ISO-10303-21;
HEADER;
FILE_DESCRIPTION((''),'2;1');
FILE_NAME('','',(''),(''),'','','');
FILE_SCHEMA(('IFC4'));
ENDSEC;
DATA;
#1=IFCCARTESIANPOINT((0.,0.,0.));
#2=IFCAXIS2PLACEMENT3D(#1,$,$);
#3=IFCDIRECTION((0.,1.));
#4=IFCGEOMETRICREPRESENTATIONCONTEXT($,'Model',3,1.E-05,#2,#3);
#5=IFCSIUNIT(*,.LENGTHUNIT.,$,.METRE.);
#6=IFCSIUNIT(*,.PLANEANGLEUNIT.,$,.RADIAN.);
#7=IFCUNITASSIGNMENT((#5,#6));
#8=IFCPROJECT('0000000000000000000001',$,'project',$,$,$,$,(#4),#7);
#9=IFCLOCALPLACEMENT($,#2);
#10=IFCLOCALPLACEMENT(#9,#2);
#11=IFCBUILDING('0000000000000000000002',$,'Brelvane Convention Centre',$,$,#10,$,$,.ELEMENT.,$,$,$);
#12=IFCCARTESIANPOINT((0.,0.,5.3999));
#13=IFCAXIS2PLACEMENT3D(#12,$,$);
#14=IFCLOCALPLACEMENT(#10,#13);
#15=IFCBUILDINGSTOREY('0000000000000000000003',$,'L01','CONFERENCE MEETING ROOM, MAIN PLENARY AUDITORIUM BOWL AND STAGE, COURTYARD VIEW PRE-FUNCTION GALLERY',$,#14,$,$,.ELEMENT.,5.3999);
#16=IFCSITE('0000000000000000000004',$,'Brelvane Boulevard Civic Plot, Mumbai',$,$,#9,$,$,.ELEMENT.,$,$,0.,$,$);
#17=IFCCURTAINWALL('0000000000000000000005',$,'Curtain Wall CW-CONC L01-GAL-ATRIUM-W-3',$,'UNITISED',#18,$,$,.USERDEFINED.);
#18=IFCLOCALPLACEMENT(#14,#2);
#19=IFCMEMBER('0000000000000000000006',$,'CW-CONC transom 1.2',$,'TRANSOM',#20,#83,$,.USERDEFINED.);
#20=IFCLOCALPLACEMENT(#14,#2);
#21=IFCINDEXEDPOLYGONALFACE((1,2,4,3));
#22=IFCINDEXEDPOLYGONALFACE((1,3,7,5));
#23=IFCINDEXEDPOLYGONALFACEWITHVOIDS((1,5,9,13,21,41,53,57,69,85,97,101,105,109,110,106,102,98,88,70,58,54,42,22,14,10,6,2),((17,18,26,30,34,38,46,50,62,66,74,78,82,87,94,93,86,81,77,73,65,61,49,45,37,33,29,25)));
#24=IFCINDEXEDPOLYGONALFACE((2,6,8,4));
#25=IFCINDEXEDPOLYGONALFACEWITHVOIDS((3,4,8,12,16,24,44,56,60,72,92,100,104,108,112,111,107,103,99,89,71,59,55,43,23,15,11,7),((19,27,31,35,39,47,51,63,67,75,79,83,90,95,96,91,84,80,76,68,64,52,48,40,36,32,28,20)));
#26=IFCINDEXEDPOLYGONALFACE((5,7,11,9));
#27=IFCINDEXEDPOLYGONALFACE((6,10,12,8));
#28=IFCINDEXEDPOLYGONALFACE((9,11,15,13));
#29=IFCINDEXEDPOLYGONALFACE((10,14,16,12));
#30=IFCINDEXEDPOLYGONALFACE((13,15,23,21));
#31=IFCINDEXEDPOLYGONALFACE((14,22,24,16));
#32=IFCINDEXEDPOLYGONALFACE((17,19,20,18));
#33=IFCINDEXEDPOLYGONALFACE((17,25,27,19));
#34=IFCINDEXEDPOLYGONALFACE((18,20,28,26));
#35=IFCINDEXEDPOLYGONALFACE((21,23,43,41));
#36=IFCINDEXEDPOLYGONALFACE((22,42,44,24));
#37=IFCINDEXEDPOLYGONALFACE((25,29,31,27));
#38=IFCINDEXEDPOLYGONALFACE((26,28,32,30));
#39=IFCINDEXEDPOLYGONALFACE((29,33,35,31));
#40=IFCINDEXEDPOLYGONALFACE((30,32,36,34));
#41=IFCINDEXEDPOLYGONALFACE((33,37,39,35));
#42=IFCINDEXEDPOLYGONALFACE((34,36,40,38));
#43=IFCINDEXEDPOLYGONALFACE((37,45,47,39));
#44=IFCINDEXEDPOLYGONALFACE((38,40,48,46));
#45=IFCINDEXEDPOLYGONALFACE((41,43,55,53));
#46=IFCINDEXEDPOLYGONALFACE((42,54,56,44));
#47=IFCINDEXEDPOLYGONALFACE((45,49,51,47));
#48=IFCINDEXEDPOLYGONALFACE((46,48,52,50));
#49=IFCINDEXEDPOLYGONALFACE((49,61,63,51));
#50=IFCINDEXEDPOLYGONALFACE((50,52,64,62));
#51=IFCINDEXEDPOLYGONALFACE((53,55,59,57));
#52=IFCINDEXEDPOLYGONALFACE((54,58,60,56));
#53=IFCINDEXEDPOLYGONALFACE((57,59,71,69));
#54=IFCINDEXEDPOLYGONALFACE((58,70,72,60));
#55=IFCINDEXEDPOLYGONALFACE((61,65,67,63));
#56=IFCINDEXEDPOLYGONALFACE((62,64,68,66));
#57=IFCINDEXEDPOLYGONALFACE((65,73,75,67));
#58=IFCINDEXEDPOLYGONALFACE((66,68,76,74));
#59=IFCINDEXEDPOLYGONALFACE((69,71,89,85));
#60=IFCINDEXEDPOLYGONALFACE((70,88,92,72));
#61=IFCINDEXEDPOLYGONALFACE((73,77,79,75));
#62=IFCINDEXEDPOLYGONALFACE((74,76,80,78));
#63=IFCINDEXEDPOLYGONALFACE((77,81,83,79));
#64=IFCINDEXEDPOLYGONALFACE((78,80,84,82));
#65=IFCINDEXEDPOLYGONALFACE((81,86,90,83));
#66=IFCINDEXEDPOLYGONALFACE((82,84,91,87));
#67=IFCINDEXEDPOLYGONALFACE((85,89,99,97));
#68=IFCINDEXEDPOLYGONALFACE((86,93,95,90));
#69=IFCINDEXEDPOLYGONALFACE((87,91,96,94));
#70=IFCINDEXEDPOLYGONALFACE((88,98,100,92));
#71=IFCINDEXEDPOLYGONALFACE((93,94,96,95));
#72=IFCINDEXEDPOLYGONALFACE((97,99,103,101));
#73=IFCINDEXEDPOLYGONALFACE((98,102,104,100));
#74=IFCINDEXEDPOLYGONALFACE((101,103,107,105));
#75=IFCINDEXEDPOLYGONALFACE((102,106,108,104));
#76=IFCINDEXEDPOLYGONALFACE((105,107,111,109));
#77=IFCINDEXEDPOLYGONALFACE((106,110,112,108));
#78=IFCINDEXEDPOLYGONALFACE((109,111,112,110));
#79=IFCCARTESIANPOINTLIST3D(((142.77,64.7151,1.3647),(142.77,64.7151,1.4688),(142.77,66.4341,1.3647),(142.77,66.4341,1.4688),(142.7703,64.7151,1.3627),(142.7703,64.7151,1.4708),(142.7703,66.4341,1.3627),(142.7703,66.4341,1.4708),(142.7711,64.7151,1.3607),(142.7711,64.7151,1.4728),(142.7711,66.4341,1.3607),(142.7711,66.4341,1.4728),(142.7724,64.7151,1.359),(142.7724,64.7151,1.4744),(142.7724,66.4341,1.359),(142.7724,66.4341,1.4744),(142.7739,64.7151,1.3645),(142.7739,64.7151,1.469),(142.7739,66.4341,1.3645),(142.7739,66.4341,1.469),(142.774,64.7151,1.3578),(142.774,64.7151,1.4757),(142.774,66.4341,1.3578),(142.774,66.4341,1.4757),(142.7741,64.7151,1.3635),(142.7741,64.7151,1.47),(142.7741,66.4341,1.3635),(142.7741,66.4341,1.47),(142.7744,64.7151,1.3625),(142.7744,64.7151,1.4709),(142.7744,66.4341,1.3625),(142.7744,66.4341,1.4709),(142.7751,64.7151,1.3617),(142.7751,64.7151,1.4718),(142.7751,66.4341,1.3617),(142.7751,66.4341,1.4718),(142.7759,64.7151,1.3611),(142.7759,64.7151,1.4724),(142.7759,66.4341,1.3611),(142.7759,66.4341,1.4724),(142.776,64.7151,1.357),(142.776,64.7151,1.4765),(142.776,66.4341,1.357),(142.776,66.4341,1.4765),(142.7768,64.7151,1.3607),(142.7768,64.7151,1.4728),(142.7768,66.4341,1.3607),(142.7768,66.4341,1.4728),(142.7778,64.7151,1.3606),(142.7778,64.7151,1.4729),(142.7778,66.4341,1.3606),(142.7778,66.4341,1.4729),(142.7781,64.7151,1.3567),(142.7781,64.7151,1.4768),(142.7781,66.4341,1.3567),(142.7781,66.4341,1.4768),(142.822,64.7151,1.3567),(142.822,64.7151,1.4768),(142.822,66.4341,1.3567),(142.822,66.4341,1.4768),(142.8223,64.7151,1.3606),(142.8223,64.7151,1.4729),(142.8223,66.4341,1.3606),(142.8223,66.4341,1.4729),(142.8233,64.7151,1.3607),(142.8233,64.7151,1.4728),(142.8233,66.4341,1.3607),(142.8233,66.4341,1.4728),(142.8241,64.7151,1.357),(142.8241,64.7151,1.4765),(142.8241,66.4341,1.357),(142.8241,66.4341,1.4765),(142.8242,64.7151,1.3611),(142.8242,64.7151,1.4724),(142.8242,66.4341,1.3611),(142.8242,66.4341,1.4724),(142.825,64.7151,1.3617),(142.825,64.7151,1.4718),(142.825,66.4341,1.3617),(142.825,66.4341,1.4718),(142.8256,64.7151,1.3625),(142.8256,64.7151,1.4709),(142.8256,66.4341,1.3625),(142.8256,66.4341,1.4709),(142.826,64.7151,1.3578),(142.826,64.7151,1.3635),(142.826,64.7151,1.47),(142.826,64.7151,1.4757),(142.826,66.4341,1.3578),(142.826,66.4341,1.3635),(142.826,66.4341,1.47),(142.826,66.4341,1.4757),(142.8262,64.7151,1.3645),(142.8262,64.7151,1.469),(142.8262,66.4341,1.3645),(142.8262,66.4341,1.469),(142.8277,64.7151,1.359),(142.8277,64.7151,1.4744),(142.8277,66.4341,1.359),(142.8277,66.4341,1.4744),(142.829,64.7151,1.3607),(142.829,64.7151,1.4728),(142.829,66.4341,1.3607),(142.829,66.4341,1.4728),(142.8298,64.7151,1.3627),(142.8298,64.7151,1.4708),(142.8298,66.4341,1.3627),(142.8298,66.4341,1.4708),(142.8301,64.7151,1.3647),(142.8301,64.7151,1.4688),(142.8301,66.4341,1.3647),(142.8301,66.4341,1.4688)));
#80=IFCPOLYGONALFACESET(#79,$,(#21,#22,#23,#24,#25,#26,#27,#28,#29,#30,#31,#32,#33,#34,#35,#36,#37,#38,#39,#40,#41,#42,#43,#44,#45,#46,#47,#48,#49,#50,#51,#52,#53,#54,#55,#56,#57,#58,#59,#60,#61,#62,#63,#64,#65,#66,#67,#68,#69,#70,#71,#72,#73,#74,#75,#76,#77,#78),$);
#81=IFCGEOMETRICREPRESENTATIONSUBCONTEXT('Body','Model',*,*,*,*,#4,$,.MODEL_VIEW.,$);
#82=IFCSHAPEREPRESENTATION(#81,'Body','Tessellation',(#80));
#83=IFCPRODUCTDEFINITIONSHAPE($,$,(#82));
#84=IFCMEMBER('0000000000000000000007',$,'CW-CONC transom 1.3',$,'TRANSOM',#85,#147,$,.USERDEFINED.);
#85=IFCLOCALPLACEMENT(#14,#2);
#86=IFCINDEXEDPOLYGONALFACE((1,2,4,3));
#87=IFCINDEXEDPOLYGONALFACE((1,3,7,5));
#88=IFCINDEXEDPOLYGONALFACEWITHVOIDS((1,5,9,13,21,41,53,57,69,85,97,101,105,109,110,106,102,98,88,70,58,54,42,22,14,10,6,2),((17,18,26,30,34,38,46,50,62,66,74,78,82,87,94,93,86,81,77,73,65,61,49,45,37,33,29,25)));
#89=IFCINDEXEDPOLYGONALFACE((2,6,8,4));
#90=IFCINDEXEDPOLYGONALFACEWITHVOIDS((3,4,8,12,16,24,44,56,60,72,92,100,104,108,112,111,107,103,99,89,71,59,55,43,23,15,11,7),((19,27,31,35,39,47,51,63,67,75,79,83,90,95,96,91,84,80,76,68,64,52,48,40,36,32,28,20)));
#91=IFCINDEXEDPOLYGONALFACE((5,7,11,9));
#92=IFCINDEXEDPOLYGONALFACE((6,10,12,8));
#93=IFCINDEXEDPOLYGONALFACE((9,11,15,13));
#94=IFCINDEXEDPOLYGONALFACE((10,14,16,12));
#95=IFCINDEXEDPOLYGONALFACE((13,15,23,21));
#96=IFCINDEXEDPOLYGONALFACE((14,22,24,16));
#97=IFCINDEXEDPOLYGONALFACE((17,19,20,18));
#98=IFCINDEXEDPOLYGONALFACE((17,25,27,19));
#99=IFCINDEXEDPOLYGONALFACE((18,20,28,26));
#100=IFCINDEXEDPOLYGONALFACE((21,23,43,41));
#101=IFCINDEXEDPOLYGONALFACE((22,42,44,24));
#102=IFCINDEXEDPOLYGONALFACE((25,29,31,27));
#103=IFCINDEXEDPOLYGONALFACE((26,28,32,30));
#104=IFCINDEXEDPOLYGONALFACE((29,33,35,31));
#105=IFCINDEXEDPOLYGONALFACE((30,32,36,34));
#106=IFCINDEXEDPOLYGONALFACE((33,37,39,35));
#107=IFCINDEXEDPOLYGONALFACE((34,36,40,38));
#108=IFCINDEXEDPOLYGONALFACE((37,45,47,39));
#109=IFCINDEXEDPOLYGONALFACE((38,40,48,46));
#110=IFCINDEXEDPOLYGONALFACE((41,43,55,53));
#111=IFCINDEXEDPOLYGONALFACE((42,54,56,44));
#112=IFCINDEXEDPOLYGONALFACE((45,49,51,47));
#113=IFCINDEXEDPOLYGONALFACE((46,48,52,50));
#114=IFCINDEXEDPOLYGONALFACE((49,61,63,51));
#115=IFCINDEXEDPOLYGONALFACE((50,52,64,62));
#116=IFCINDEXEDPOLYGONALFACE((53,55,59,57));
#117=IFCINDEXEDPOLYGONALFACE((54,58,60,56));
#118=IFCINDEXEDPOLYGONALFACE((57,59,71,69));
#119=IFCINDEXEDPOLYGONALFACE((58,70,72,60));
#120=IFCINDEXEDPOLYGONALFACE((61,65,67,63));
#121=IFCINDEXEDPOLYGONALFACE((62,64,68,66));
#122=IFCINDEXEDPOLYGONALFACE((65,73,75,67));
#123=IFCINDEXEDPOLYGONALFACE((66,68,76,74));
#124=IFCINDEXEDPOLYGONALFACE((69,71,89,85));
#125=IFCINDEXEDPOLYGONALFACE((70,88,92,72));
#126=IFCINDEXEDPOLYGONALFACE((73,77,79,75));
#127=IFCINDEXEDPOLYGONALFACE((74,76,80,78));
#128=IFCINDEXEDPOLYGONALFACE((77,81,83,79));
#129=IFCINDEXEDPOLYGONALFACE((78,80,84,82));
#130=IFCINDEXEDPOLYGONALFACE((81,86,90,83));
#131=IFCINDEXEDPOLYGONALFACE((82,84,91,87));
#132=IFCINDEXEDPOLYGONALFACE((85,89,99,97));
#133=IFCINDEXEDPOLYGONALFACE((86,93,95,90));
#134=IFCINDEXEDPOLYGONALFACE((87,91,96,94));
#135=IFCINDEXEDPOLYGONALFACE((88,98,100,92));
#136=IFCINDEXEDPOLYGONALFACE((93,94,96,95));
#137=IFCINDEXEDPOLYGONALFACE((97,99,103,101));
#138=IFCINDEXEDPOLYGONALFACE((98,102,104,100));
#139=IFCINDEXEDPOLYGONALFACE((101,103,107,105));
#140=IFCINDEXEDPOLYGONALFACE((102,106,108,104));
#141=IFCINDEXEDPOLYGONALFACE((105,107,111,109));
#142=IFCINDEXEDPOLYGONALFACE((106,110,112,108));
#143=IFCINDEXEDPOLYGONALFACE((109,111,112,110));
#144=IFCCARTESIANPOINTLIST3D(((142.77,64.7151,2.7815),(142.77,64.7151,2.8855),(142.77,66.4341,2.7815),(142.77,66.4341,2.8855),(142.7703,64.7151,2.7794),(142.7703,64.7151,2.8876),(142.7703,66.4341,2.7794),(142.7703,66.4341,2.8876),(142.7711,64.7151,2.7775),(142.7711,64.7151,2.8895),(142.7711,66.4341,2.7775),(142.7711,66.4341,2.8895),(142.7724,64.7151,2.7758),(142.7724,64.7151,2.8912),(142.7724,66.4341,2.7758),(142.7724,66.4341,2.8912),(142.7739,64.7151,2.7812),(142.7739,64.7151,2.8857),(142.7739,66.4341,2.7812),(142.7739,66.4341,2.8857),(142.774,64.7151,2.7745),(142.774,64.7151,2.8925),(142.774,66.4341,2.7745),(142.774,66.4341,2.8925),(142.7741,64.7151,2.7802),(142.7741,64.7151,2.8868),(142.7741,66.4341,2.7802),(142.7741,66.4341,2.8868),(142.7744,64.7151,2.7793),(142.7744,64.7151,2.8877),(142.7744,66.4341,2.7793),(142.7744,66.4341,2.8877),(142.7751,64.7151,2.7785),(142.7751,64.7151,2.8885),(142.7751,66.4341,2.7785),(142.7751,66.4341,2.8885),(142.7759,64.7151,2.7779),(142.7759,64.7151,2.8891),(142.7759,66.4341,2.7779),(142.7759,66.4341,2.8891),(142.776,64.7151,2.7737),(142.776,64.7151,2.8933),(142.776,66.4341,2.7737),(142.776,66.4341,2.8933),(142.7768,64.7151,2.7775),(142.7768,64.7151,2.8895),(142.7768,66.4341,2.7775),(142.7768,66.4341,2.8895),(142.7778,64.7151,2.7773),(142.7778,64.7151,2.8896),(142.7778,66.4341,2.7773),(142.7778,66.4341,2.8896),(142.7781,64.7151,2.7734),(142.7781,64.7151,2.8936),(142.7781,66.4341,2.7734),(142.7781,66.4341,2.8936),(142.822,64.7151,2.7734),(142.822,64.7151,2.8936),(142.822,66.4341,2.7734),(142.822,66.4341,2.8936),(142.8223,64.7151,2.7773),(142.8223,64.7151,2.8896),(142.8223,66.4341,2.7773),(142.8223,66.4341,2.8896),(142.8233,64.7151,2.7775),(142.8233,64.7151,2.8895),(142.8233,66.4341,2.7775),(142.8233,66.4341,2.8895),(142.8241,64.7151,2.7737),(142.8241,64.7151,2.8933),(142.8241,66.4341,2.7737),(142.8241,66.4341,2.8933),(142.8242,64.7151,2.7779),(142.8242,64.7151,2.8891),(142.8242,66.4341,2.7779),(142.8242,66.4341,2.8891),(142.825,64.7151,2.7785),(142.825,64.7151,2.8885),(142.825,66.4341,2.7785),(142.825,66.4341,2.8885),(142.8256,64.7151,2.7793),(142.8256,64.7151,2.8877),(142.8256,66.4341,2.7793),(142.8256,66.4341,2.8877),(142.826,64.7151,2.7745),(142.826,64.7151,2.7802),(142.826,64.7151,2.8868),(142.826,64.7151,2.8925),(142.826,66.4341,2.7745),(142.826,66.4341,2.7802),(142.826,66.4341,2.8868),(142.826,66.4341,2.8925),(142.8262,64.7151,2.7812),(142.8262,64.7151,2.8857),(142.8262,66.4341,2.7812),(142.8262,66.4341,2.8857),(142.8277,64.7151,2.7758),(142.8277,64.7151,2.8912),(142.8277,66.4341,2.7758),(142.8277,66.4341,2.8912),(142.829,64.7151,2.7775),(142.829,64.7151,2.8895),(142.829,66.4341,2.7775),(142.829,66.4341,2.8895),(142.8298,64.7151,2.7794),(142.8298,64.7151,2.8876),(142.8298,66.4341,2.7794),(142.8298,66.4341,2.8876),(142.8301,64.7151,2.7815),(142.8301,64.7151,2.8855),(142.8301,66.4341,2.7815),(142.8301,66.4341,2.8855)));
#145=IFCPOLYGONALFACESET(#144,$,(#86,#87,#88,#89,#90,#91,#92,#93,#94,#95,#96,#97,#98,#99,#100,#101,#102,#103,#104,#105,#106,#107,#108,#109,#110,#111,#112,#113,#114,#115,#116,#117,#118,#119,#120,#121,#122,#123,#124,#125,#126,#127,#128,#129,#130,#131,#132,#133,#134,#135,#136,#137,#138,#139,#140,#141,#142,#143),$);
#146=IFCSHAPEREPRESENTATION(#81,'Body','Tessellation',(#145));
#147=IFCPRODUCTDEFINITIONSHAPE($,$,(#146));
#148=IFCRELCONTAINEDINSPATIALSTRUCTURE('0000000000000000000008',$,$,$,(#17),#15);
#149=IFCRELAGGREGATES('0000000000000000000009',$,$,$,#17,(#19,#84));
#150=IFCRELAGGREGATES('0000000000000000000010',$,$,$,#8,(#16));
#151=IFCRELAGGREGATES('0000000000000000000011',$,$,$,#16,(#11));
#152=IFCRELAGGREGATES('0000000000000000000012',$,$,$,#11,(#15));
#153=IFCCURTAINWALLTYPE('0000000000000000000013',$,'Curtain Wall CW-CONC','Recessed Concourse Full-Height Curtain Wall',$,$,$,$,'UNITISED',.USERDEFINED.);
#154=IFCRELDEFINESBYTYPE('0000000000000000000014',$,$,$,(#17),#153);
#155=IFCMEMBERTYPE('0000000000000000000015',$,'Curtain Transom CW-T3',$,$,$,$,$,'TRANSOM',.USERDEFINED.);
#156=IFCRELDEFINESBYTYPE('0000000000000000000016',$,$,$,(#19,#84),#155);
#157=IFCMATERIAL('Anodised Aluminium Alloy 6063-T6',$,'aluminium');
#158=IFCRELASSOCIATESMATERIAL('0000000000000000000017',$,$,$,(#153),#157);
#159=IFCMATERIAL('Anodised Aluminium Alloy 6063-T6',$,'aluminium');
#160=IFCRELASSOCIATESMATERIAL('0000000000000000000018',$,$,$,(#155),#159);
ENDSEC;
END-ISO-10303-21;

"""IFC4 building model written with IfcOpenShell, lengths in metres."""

from ifc_helpers import new_model, si_unit, direction, frame, origin, origin_2d, place, context, subcontext, project, spatial, hollow_rectangle, extrude, material, material_profile, profile_set, type_object, element, aggregate, save


model = new_model("IFC4")

# Units and contexts
model_context = context("Model", 3, precision=1e-05, world=origin(), true_north=direction((0.0, 1.0)))
body_context = subcontext(model_context, "Body", "Model", "MODEL_VIEW")
ifc_project = project(units=[si_unit("LENGTHUNIT", "METRE"), si_unit("PLANEANGLEUNIT", "RADIAN")], contexts=[model_context])

# Site, building, storey
site_placement = place(None, origin())
site = spatial("IfcSite", under=ifc_project, at=site_placement, Name="Brelvane Boulevard Civic Plot, Mumbai", CompositionType="ELEMENT", RefElevation=0.0)
building_placement = place(site_placement, origin())
building = spatial("IfcBuilding", under=site, at=building_placement, Name="Brelvane Convention Centre", CompositionType="ELEMENT")
storey_placement = place(building_placement, frame((0.0, 0.0, 5.3999)))
storey = spatial("IfcBuildingStorey", under=building, at=storey_placement, Name="L01", Description="CONFERENCE MEETING ROOM, MAIN PLENARY AUDITORIUM BOWL AND STAGE, COURTYARD VIEW PRE-FUNCTION GALLERY", CompositionType="ELEMENT", Elevation=5.3999)

# Shared definitions
ifc_material_1 = material(Name="Anodised Aluminium Alloy 6063-T6", Category="aluminium")
curtain_wall_type = type_object("IfcCurtainWallType", Name="Curtain Wall CW-CONC", Description="Recessed Concourse Full-Height Curtain Wall", ElementType="UNITISED", PredefinedType="USERDEFINED", material=ifc_material_1)

# Curtain wall
curtain_wall_1_placement = place(storey_placement, origin())
curtain_wall_1 = element("IfcCurtainWall", 1, at=curtain_wall_1_placement, inside=storey, type_object=curtain_wall_type, Name="Curtain Wall CW-CONC L01-GAL-ATRIUM-W-3", ObjectType="UNITISED", PredefinedType="USERDEFINED")

# Members
ifc_material_2 = material(Name="Anodised Aluminium Alloy 6063-T6", Category="aluminium")
ifc_material_profile_1 = material_profile(ifc_material_2, hollow_rectangle(XDim=0.0601, YDim=0.1201, WallThickness=0.0039, InnerFilletRadius=0.0039, OuterFilletRadius=0.0081, at=origin_2d()), Name="ALU-T 120x60x4.0")
ifc_profile_set_1 = profile_set([ifc_material_profile_1], Name="Anodised Aluminium Alloy 6063-T6")
member_type_1 = type_object("IfcMemberType", Name="Curtain Transom CW-T3", ElementType="TRANSOM", PredefinedType="USERDEFINED", material=ifc_profile_set_1)
member_1_placement = place(storey_placement, frame((142.8, 64.7151, 1.4167), z_axis=(0.0, 1.0, 0.0), x_axis=(-1.0, 0.0, 0.0)))
member_1 = element("IfcMember", 2, at=member_1_placement, type_object=member_type_1, Name="CW-CONC transom 1.2", ObjectType="TRANSOM", PredefinedType="USERDEFINED", context=body_context, shape_type="SweptSolid", body=[
    extrude(hollow_rectangle(XDim=0.0601, YDim=0.1201, WallThickness=0.0039, InnerFilletRadius=0.0039, OuterFilletRadius=0.0081, at=origin_2d()), origin(), (0.0, 0.0, 1.0), 1.719),
])
member_2_placement = place(storey_placement, frame((142.8, 64.7151, 2.8335), z_axis=(0.0, 1.0, 0.0), x_axis=(-1.0, 0.0, 0.0)))
member_2 = element("IfcMember", 3, at=member_2_placement, type_object=member_type_1, Name="CW-CONC transom 1.3", ObjectType="TRANSOM", PredefinedType="USERDEFINED", context=body_context, shape_type="SweptSolid", body=[
    extrude(hollow_rectangle(XDim=0.0601, YDim=0.1201, WallThickness=0.0039, InnerFilletRadius=0.0039, OuterFilletRadius=0.0081, at=origin_2d()), origin(), (0.0, 0.0, 1.0), 1.719),
])

aggregate(curtain_wall_1, [member_1, member_2])

save(model, "model.ifc")
